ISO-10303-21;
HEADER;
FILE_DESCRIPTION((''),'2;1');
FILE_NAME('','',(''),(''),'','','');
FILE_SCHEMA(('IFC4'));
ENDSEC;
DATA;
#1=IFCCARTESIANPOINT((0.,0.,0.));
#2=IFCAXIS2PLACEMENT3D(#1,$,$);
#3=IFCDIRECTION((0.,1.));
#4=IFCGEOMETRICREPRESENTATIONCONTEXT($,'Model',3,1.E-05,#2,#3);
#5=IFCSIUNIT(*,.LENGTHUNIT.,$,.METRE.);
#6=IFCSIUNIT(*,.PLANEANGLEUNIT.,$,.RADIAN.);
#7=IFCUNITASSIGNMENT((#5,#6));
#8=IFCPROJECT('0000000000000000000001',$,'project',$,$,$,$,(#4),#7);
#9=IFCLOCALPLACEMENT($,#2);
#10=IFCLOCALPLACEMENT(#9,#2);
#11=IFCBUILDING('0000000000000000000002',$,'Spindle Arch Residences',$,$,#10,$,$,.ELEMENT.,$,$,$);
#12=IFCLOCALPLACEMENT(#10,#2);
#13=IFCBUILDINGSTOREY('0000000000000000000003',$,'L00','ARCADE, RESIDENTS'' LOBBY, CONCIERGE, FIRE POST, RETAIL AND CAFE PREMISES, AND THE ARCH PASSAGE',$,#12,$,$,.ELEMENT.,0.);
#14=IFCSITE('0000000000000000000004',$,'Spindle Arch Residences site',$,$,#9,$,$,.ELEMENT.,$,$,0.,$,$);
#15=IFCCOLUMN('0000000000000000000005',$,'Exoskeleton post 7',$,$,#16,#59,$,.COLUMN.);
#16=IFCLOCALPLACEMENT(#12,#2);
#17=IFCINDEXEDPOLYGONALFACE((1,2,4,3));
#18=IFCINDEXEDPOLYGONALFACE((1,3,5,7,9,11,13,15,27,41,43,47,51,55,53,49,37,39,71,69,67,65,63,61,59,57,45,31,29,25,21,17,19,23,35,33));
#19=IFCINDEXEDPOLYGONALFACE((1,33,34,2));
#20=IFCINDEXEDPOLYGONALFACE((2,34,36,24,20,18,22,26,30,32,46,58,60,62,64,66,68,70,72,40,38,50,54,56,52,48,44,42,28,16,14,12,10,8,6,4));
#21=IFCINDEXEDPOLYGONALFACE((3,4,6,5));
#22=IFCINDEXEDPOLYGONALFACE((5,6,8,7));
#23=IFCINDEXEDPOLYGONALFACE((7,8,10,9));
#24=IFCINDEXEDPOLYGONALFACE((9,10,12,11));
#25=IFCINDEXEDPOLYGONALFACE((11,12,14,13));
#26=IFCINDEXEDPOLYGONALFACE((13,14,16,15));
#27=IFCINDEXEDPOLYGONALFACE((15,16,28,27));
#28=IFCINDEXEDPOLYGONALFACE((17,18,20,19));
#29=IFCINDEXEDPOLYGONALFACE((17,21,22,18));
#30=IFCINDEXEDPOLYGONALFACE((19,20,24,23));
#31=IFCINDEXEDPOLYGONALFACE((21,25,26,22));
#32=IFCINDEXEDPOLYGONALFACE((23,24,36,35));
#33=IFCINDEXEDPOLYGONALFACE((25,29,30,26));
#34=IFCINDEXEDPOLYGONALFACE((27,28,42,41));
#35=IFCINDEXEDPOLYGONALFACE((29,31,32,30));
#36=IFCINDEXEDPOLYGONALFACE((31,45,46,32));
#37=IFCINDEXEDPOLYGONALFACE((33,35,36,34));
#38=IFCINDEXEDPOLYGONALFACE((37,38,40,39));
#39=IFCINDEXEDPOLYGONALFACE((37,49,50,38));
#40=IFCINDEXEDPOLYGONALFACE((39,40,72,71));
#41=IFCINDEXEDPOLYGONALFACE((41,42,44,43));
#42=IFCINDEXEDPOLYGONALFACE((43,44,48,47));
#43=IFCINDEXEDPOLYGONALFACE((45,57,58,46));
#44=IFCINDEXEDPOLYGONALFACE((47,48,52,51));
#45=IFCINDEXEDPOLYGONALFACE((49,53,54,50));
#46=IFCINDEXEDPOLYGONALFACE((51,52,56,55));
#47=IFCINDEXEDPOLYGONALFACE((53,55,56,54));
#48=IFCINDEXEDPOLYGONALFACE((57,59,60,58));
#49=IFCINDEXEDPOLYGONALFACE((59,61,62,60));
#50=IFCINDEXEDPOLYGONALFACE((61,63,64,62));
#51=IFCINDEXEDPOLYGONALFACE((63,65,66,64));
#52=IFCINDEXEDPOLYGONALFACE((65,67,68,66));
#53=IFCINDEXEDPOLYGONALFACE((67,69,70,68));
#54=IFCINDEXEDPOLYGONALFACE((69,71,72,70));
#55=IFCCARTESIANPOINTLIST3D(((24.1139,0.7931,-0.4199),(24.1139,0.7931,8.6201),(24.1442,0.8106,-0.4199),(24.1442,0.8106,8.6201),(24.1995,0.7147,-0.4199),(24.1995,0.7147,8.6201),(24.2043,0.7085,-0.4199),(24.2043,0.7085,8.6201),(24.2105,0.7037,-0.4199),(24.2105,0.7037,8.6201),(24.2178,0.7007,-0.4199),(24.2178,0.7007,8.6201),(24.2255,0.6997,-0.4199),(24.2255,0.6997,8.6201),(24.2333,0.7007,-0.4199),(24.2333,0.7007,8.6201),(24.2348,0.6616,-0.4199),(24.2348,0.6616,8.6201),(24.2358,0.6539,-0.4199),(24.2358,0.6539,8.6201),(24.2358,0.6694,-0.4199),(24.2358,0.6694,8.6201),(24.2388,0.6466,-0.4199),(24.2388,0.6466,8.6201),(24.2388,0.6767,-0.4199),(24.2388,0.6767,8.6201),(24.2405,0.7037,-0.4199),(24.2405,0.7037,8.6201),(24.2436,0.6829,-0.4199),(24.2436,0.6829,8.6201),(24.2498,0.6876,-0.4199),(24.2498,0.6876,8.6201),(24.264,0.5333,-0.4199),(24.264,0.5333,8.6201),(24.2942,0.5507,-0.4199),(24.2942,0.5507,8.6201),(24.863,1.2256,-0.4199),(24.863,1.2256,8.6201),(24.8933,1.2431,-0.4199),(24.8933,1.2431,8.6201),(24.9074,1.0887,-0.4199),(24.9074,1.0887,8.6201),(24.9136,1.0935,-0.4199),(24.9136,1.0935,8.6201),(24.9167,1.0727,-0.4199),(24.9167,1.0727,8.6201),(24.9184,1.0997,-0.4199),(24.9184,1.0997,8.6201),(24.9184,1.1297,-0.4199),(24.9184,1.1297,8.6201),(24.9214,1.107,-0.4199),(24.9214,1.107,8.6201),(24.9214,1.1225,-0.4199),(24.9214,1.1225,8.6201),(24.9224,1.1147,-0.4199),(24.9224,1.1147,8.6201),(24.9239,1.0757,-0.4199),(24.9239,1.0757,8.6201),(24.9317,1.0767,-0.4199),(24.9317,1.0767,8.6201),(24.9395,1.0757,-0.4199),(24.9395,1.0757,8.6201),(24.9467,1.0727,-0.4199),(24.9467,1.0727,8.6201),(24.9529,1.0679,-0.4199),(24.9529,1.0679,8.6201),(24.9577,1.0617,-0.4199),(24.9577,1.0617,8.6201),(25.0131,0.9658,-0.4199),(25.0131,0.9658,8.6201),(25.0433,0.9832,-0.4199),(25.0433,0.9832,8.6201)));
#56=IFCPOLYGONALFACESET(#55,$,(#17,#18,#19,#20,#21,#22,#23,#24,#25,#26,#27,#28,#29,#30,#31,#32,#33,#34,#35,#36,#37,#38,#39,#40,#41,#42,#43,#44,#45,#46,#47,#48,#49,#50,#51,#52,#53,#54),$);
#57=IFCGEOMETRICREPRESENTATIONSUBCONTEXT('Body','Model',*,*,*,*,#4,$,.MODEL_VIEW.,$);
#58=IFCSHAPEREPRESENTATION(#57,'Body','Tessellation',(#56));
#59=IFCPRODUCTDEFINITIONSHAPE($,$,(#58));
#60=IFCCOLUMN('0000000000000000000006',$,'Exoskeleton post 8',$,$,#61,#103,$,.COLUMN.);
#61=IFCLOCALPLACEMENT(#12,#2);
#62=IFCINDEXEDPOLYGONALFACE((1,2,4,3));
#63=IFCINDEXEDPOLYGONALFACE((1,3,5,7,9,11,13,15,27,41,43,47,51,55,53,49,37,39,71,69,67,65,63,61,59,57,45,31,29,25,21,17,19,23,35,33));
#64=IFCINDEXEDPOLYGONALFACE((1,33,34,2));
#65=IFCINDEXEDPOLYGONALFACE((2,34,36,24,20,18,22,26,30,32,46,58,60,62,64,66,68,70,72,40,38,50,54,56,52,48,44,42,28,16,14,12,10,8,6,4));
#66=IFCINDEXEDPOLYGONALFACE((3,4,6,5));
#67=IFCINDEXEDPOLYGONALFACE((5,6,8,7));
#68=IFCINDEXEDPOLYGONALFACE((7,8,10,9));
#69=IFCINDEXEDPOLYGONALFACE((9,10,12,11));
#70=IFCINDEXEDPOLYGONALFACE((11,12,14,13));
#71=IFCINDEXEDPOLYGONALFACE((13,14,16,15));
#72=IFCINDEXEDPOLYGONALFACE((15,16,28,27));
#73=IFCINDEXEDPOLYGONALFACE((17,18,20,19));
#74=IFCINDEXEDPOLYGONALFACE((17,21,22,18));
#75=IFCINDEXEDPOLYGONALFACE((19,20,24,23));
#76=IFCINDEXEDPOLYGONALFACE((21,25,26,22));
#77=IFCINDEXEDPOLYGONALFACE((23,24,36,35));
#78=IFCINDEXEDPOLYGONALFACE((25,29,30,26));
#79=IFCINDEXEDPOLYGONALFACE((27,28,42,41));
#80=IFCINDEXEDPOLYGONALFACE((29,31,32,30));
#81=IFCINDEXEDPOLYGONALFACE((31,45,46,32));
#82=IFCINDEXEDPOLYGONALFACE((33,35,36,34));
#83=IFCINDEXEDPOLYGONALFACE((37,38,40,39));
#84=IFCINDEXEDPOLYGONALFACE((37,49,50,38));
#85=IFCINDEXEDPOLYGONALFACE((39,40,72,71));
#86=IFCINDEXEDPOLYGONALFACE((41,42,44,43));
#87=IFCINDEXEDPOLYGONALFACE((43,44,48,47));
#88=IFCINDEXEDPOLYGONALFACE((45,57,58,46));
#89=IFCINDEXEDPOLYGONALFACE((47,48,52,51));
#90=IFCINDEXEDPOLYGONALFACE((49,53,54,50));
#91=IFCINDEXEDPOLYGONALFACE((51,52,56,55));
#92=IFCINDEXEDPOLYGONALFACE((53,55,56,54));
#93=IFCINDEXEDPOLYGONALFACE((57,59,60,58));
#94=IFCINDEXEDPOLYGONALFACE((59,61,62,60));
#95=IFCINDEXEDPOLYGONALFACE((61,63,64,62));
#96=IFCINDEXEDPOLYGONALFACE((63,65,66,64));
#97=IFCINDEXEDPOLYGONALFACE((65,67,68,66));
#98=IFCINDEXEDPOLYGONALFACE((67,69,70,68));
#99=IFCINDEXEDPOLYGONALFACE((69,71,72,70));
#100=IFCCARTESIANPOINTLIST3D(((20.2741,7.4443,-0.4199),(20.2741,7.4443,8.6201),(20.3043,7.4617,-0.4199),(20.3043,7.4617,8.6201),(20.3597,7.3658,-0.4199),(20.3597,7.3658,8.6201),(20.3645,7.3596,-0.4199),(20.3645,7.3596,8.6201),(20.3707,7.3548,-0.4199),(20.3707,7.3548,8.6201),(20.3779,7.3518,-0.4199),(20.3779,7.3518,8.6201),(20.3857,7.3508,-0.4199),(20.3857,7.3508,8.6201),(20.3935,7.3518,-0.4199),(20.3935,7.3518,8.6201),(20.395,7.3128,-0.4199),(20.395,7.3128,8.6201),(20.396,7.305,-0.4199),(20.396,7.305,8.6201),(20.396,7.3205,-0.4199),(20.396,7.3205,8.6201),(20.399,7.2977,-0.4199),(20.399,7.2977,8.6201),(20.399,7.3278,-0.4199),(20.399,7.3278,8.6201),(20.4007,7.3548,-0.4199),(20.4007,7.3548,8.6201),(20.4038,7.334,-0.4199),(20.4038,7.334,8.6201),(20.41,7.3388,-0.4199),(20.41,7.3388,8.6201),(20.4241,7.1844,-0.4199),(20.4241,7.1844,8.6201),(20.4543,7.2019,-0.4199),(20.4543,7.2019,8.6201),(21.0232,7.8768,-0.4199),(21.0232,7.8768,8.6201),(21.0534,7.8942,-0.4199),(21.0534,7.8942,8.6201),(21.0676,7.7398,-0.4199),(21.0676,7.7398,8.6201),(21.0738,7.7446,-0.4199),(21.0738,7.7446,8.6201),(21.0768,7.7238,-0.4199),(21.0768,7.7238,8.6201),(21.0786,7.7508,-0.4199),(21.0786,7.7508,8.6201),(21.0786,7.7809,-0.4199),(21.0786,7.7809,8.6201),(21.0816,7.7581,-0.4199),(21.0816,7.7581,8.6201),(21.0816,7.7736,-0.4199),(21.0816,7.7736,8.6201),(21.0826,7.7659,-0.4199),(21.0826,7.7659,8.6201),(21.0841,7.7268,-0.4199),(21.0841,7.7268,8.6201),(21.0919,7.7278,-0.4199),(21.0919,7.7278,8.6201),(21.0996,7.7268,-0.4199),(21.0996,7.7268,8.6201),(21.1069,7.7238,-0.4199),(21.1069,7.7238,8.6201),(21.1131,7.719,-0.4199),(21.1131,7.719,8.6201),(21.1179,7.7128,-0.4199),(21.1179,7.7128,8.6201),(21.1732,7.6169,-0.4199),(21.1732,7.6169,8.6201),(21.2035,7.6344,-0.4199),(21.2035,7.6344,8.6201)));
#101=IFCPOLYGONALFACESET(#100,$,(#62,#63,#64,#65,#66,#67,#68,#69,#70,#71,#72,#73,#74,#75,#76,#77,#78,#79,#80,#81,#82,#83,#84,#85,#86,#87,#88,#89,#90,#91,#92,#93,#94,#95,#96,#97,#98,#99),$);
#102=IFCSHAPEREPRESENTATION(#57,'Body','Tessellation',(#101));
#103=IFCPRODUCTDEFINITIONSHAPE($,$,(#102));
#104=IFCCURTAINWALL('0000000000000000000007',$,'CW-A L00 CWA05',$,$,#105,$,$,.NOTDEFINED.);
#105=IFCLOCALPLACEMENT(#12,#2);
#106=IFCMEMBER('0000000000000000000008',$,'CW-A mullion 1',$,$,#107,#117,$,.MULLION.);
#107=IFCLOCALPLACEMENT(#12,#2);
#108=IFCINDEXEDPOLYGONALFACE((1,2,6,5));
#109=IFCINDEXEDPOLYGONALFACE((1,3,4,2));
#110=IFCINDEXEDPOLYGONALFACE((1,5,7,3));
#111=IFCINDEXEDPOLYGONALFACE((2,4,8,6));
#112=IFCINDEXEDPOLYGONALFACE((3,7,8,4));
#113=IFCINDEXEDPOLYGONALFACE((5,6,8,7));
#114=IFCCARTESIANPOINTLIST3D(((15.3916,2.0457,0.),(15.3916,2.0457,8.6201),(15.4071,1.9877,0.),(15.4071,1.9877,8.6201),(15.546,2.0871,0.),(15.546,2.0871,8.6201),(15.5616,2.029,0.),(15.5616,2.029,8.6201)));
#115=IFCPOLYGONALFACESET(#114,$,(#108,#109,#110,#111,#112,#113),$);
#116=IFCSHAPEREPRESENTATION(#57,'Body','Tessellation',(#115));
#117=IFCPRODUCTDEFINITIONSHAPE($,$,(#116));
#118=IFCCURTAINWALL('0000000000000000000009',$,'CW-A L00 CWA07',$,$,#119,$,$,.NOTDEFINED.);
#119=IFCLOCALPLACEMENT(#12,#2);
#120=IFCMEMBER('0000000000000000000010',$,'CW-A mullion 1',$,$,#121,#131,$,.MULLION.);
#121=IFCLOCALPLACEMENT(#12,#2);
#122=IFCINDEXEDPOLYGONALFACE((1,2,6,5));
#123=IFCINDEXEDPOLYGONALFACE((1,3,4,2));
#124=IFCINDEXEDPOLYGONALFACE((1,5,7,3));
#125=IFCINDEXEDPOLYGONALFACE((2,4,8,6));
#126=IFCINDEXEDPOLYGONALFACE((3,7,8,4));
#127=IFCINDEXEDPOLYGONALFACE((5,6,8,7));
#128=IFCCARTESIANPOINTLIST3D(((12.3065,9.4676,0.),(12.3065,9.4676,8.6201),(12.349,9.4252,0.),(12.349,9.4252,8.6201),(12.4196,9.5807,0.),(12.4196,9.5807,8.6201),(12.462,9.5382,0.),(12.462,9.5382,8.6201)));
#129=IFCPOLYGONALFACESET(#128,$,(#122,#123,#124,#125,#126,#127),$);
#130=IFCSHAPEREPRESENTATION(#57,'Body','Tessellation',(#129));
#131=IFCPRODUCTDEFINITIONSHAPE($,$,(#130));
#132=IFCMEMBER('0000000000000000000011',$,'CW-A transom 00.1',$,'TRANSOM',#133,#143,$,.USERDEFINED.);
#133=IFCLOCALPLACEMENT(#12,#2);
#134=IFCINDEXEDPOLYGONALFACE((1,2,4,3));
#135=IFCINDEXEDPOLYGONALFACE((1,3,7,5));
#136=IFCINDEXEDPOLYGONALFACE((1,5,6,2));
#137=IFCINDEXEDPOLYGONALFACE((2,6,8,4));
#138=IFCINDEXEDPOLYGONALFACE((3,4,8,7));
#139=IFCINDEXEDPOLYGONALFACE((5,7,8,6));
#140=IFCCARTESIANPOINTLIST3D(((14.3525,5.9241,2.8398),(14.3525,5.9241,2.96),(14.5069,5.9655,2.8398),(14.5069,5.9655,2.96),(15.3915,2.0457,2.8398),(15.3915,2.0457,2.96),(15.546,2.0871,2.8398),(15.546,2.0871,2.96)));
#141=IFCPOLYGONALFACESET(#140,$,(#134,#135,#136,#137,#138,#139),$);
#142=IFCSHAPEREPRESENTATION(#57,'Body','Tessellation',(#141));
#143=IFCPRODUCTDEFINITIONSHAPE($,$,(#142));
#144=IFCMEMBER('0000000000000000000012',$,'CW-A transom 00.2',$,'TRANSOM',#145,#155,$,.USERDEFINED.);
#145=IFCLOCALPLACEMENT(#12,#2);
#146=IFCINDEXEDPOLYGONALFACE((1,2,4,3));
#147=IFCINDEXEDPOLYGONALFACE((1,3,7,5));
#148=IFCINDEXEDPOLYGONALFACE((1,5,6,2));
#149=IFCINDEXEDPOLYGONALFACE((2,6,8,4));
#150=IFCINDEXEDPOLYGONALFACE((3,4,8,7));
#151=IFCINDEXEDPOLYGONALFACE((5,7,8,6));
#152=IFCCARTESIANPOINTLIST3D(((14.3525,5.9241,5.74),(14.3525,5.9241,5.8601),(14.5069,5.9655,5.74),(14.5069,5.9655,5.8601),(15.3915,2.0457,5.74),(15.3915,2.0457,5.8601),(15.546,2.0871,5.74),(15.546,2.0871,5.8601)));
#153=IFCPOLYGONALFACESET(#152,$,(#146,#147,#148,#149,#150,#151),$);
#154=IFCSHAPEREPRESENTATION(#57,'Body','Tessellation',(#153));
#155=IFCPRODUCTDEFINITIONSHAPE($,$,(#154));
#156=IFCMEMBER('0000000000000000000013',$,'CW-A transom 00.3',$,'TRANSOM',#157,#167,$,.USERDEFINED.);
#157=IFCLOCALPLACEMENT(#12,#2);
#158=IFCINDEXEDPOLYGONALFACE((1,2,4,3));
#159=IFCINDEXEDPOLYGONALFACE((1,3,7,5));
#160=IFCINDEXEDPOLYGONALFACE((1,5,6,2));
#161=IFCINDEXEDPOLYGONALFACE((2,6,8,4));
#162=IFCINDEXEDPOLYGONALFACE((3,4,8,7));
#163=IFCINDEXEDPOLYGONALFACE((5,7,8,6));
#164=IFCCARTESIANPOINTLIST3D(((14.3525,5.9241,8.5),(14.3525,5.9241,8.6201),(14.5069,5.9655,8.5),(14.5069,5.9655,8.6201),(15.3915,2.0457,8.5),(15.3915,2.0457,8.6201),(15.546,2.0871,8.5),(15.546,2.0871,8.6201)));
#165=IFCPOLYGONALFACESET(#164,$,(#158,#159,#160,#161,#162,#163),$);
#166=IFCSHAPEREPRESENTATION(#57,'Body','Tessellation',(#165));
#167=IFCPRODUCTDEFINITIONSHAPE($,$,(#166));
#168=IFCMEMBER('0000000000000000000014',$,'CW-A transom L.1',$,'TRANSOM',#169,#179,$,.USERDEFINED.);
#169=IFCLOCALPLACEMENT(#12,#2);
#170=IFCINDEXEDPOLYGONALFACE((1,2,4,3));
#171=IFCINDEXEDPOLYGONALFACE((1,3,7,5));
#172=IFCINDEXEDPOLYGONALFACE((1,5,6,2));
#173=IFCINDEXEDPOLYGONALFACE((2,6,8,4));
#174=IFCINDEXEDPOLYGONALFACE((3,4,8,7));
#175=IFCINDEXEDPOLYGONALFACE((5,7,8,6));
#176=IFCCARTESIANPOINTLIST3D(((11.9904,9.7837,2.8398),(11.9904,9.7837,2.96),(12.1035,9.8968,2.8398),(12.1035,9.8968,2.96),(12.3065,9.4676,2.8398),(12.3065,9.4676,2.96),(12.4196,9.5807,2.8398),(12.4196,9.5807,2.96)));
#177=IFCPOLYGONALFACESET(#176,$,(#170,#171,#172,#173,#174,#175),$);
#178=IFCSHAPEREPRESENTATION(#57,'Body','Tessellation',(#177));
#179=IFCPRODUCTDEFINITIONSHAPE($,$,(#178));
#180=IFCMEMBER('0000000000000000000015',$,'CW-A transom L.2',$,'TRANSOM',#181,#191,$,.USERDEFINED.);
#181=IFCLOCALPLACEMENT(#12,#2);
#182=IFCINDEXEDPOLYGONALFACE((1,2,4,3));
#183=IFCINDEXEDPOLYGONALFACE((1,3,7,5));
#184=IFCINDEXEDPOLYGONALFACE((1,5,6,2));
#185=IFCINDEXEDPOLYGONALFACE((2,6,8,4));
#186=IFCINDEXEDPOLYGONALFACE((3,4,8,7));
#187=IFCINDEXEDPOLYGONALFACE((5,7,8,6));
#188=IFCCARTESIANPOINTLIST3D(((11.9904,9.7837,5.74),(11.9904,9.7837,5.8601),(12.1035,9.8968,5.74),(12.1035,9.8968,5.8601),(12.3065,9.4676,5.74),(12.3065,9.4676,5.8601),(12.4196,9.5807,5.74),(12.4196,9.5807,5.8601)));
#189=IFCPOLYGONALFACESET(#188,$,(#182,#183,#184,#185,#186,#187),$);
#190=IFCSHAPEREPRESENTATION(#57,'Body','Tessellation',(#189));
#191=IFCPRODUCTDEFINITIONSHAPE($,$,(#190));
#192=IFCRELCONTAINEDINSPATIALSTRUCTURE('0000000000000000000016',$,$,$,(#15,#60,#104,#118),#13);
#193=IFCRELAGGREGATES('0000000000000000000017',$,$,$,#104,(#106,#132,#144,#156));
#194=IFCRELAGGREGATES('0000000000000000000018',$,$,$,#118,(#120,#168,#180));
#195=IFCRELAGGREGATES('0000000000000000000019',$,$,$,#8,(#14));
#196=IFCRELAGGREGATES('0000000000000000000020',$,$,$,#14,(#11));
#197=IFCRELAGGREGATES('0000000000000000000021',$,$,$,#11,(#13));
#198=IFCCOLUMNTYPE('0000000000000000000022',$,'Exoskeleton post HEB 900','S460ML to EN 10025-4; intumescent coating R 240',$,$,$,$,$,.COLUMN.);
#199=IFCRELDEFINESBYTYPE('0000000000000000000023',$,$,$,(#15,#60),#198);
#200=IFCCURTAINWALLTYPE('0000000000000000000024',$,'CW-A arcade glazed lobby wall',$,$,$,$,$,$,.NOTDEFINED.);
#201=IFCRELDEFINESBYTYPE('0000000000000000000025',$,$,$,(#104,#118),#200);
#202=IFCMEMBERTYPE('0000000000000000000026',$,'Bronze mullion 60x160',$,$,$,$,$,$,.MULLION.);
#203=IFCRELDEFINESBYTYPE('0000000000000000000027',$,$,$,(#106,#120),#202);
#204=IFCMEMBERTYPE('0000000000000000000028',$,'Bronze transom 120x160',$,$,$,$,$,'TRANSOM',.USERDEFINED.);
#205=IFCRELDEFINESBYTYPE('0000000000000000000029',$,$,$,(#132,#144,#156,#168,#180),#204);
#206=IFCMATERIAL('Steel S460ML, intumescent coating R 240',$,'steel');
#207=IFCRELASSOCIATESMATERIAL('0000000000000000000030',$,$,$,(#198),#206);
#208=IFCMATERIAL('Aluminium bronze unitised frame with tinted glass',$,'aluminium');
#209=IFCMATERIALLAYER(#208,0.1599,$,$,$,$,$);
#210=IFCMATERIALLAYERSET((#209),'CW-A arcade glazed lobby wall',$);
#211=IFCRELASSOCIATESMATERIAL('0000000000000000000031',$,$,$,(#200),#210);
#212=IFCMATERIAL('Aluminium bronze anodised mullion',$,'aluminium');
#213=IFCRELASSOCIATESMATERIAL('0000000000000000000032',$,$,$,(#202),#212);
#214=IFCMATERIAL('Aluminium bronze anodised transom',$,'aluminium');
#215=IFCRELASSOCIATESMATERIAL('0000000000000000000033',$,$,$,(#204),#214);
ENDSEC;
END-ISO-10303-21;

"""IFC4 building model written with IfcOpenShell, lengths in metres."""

from ifc_helpers import new_model, si_unit, direction, frame, origin, origin_2d, place, context, subcontext, project, spatial, rectangle, i_section, extrude, material, layer, layer_set, material_profile, profile_set, type_object, element, aggregate, save


model = new_model("IFC4")

# Units and contexts
model_context = context("Model", 3, precision=1e-05, world=origin(), true_north=direction((0.0, 1.0)))
body_context = subcontext(model_context, "Body", "Model", "MODEL_VIEW")
ifc_project = project(units=[si_unit("LENGTHUNIT", "METRE"), si_unit("PLANEANGLEUNIT", "RADIAN")], contexts=[model_context])

# Site, building, storey
site_placement = place(None, origin())
site = spatial("IfcSite", under=ifc_project, at=site_placement, Name="Spindle Arch Residences site", CompositionType="ELEMENT", RefElevation=0.0)
building_placement = place(site_placement, origin())
building = spatial("IfcBuilding", under=site, at=building_placement, Name="Spindle Arch Residences", CompositionType="ELEMENT")
storey_placement = place(building_placement, origin())
storey = spatial("IfcBuildingStorey", under=building, at=storey_placement, Name="L00", Description="ARCADE, RESIDENTS' LOBBY, CONCIERGE, FIRE POST, RETAIL AND CAFE PREMISES, AND THE ARCH PASSAGE", CompositionType="ELEMENT", Elevation=0.0)

# Columns
ifc_material_1 = material(Name="Steel S460ML, intumescent coating R 240", Category="steel")
ifc_material_profile_1 = material_profile(ifc_material_1, i_section(OverallWidth=0.3, OverallDepth=0.8999, WebThickness=0.0186, FlangeThickness=0.0349, FilletRadius=0.03, at=origin_2d()), Name="HEB 900")
ifc_profile_set_1 = profile_set([ifc_material_profile_1], Name="Steel S460ML, intumescent coating R 240")
column_type = type_object("IfcColumnType", Name="Exoskeleton post HEB 900", Description="S460ML to EN 10025-4; intumescent coating R 240", PredefinedType="COLUMN", material=ifc_profile_set_1)
for number, where, z_axis, x_axis, name in (
    (1, (24.5786, 0.8882, -0.4199), (0.0, 0.0, 1.0), (0.5, -0.866025, 0.0), "Exoskeleton post 7"),
    (2, (20.7388, 7.5393, -0.4199), (0.0, 0.0, 1.0), (0.5, -0.866025, 0.0), "Exoskeleton post 8"),
):
    element("IfcColumn", number, at=place(storey_placement, frame(where, z_axis=z_axis, x_axis=x_axis)), inside=storey, type_object=column_type, Name=name, PredefinedType="COLUMN", context=body_context, shape_type="SweptSolid", body=[
        extrude(i_section(OverallWidth=0.3, OverallDepth=0.8999, WebThickness=0.0186, FlangeThickness=0.0349, FilletRadius=0.03, at=origin_2d()), origin(), (0.0, 0.0, 1.0), 9.04),
    ])

# Curtain walls, members
ifc_material_2 = material(Name="Aluminium bronze unitised frame with tinted glass", Category="aluminium")
ifc_layer_1 = layer(ifc_material_2, 0.1599)
ifc_layer_set_1 = layer_set([ifc_layer_1], Name="CW-A arcade glazed lobby wall")
curtain_wall_type = type_object("IfcCurtainWallType", Name="CW-A arcade glazed lobby wall", PredefinedType="NOTDEFINED", material=ifc_layer_set_1)
curtain_wall_1_placement = place(storey_placement, origin())
curtain_wall_1 = element("IfcCurtainWall", 3, at=curtain_wall_1_placement, inside=storey, type_object=curtain_wall_type, Name="CW-A L00 CWA05", PredefinedType="NOTDEFINED")
ifc_material_3 = material(Name="Aluminium bronze anodised mullion", Category="aluminium")
ifc_material_profile_2 = material_profile(ifc_material_3, rectangle(XDim=0.1599, YDim=0.0601, at=origin_2d()), Name="MU 60x160")
ifc_profile_set_2 = profile_set([ifc_material_profile_2], Name="Aluminium bronze anodised mullion")
member_type_1 = type_object("IfcMemberType", Name="Bronze mullion 60x160", PredefinedType="MULLION", material=ifc_profile_set_2)
member_1_placement = place(storey_placement, frame((15.4766, 2.0374, 0.0), z_axis=(0.0, 0.0, 1.0), x_axis=(-0.965935, -0.258786, 0.0)))
member_1 = element("IfcMember", 4, at=member_1_placement, type_object=member_type_1, Name="CW-A mullion 1", PredefinedType="MULLION", context=body_context, shape_type="SweptSolid", body=[
    extrude(rectangle(XDim=0.1599, YDim=0.0601, at=origin_2d()), origin(), (0.0, 0.0, 1.0), 8.6201),
])
curtain_wall_2_placement = place(storey_placement, origin())
curtain_wall_2 = element("IfcCurtainWall", 5, at=curtain_wall_2_placement, inside=storey, type_object=curtain_wall_type, Name="CW-A L00 CWA07", PredefinedType="NOTDEFINED")
member_2_placement = place(storey_placement, frame((12.3843, 9.5029, 0.0), z_axis=(0.0, 0.0, 1.0), x_axis=(-0.707107, -0.707107, 0.0)))
member_2 = element("IfcMember", 6, at=member_2_placement, type_object=member_type_1, Name="CW-A mullion 1", PredefinedType="MULLION", context=body_context, shape_type="SweptSolid", body=[
    extrude(rectangle(XDim=0.1599, YDim=0.0601, at=origin_2d()), origin(), (0.0, 0.0, 1.0), 8.6201),
])

# Members
ifc_material_4 = material(Name="Aluminium bronze anodised transom", Category="aluminium")
ifc_material_profile_3 = material_profile(ifc_material_4, rectangle(XDim=0.1599, YDim=0.1201, at=origin_2d()), Name="TR 120x160")
ifc_profile_set_3 = profile_set([ifc_material_profile_3], Name="Aluminium bronze anodised transom")
member_type_2 = type_object("IfcMemberType", Name="Bronze transom 120x160", ElementType="TRANSOM", PredefinedType="USERDEFINED", material=ifc_profile_set_3)
member_3_placement = place(storey_placement, frame((15.4688, 2.0664, 2.8999), z_axis=(-0.258783, 0.965936, 0.0), x_axis=(-0.965936, -0.258783, 0.0)))
member_3 = element("IfcMember", 7, at=member_3_placement, type_object=member_type_2, Name="CW-A transom 00.1", ObjectType="TRANSOM", PredefinedType="USERDEFINED", context=body_context, shape_type="SweptSolid", body=[
    extrude(rectangle(XDim=0.1599, YDim=0.1201, at=origin_2d()), origin(), (0.0, 0.0, 1.0), 4.0151),
])
member_4_placement = place(storey_placement, frame((15.4688, 2.0664, 5.8), z_axis=(-0.258783, 0.965936, 0.0), x_axis=(-0.965936, -0.258783, 0.0)))
member_4 = element("IfcMember", 8, at=member_4_placement, type_object=member_type_2, Name="CW-A transom 00.2", ObjectType="TRANSOM", PredefinedType="USERDEFINED", context=body_context, shape_type="SweptSolid", body=[
    extrude(rectangle(XDim=0.1599, YDim=0.1201, at=origin_2d()), origin(), (0.0, 0.0, 1.0), 4.0151),
])
member_5_placement = place(storey_placement, frame((15.4688, 2.0664, 8.5601), z_axis=(-0.258783, 0.965936, 0.0), x_axis=(-0.965936, -0.258783, 0.0)))
member_5 = element("IfcMember", 9, at=member_5_placement, type_object=member_type_2, Name="CW-A transom 00.3", ObjectType="TRANSOM", PredefinedType="USERDEFINED", context=body_context, shape_type="SweptSolid", body=[
    extrude(rectangle(XDim=0.1599, YDim=0.1201, at=origin_2d()), origin(), (0.0, 0.0, 1.0), 4.0151),
])
member_6_placement = place(storey_placement, frame((12.363, 9.5242, 2.8999), z_axis=(-0.707107, 0.707107, 0.0), x_axis=(-0.707107, -0.707107, 0.0)))
member_6 = element("IfcMember", 10, at=member_6_placement, type_object=member_type_2, Name="CW-A transom L.1", ObjectType="TRANSOM", PredefinedType="USERDEFINED", context=body_context, shape_type="SweptSolid", body=[
    extrude(rectangle(XDim=0.1599, YDim=0.1201, at=origin_2d()), origin(), (0.0, 0.0, 1.0), 0.447),
])
member_7_placement = place(storey_placement, frame((12.363, 9.5242, 5.8), z_axis=(-0.707107, 0.707107, 0.0), x_axis=(-0.707107, -0.707107, 0.0)))
member_7 = element("IfcMember", 11, at=member_7_placement, type_object=member_type_2, Name="CW-A transom L.2", ObjectType="TRANSOM", PredefinedType="USERDEFINED", context=body_context, shape_type="SweptSolid", body=[
    extrude(rectangle(XDim=0.1599, YDim=0.1201, at=origin_2d()), origin(), (0.0, 0.0, 1.0), 0.447),
])

aggregate(curtain_wall_1, [member_1, member_3, member_4, member_5])
aggregate(curtain_wall_2, [member_2, member_6, member_7])

save(model, "model.ifc")
